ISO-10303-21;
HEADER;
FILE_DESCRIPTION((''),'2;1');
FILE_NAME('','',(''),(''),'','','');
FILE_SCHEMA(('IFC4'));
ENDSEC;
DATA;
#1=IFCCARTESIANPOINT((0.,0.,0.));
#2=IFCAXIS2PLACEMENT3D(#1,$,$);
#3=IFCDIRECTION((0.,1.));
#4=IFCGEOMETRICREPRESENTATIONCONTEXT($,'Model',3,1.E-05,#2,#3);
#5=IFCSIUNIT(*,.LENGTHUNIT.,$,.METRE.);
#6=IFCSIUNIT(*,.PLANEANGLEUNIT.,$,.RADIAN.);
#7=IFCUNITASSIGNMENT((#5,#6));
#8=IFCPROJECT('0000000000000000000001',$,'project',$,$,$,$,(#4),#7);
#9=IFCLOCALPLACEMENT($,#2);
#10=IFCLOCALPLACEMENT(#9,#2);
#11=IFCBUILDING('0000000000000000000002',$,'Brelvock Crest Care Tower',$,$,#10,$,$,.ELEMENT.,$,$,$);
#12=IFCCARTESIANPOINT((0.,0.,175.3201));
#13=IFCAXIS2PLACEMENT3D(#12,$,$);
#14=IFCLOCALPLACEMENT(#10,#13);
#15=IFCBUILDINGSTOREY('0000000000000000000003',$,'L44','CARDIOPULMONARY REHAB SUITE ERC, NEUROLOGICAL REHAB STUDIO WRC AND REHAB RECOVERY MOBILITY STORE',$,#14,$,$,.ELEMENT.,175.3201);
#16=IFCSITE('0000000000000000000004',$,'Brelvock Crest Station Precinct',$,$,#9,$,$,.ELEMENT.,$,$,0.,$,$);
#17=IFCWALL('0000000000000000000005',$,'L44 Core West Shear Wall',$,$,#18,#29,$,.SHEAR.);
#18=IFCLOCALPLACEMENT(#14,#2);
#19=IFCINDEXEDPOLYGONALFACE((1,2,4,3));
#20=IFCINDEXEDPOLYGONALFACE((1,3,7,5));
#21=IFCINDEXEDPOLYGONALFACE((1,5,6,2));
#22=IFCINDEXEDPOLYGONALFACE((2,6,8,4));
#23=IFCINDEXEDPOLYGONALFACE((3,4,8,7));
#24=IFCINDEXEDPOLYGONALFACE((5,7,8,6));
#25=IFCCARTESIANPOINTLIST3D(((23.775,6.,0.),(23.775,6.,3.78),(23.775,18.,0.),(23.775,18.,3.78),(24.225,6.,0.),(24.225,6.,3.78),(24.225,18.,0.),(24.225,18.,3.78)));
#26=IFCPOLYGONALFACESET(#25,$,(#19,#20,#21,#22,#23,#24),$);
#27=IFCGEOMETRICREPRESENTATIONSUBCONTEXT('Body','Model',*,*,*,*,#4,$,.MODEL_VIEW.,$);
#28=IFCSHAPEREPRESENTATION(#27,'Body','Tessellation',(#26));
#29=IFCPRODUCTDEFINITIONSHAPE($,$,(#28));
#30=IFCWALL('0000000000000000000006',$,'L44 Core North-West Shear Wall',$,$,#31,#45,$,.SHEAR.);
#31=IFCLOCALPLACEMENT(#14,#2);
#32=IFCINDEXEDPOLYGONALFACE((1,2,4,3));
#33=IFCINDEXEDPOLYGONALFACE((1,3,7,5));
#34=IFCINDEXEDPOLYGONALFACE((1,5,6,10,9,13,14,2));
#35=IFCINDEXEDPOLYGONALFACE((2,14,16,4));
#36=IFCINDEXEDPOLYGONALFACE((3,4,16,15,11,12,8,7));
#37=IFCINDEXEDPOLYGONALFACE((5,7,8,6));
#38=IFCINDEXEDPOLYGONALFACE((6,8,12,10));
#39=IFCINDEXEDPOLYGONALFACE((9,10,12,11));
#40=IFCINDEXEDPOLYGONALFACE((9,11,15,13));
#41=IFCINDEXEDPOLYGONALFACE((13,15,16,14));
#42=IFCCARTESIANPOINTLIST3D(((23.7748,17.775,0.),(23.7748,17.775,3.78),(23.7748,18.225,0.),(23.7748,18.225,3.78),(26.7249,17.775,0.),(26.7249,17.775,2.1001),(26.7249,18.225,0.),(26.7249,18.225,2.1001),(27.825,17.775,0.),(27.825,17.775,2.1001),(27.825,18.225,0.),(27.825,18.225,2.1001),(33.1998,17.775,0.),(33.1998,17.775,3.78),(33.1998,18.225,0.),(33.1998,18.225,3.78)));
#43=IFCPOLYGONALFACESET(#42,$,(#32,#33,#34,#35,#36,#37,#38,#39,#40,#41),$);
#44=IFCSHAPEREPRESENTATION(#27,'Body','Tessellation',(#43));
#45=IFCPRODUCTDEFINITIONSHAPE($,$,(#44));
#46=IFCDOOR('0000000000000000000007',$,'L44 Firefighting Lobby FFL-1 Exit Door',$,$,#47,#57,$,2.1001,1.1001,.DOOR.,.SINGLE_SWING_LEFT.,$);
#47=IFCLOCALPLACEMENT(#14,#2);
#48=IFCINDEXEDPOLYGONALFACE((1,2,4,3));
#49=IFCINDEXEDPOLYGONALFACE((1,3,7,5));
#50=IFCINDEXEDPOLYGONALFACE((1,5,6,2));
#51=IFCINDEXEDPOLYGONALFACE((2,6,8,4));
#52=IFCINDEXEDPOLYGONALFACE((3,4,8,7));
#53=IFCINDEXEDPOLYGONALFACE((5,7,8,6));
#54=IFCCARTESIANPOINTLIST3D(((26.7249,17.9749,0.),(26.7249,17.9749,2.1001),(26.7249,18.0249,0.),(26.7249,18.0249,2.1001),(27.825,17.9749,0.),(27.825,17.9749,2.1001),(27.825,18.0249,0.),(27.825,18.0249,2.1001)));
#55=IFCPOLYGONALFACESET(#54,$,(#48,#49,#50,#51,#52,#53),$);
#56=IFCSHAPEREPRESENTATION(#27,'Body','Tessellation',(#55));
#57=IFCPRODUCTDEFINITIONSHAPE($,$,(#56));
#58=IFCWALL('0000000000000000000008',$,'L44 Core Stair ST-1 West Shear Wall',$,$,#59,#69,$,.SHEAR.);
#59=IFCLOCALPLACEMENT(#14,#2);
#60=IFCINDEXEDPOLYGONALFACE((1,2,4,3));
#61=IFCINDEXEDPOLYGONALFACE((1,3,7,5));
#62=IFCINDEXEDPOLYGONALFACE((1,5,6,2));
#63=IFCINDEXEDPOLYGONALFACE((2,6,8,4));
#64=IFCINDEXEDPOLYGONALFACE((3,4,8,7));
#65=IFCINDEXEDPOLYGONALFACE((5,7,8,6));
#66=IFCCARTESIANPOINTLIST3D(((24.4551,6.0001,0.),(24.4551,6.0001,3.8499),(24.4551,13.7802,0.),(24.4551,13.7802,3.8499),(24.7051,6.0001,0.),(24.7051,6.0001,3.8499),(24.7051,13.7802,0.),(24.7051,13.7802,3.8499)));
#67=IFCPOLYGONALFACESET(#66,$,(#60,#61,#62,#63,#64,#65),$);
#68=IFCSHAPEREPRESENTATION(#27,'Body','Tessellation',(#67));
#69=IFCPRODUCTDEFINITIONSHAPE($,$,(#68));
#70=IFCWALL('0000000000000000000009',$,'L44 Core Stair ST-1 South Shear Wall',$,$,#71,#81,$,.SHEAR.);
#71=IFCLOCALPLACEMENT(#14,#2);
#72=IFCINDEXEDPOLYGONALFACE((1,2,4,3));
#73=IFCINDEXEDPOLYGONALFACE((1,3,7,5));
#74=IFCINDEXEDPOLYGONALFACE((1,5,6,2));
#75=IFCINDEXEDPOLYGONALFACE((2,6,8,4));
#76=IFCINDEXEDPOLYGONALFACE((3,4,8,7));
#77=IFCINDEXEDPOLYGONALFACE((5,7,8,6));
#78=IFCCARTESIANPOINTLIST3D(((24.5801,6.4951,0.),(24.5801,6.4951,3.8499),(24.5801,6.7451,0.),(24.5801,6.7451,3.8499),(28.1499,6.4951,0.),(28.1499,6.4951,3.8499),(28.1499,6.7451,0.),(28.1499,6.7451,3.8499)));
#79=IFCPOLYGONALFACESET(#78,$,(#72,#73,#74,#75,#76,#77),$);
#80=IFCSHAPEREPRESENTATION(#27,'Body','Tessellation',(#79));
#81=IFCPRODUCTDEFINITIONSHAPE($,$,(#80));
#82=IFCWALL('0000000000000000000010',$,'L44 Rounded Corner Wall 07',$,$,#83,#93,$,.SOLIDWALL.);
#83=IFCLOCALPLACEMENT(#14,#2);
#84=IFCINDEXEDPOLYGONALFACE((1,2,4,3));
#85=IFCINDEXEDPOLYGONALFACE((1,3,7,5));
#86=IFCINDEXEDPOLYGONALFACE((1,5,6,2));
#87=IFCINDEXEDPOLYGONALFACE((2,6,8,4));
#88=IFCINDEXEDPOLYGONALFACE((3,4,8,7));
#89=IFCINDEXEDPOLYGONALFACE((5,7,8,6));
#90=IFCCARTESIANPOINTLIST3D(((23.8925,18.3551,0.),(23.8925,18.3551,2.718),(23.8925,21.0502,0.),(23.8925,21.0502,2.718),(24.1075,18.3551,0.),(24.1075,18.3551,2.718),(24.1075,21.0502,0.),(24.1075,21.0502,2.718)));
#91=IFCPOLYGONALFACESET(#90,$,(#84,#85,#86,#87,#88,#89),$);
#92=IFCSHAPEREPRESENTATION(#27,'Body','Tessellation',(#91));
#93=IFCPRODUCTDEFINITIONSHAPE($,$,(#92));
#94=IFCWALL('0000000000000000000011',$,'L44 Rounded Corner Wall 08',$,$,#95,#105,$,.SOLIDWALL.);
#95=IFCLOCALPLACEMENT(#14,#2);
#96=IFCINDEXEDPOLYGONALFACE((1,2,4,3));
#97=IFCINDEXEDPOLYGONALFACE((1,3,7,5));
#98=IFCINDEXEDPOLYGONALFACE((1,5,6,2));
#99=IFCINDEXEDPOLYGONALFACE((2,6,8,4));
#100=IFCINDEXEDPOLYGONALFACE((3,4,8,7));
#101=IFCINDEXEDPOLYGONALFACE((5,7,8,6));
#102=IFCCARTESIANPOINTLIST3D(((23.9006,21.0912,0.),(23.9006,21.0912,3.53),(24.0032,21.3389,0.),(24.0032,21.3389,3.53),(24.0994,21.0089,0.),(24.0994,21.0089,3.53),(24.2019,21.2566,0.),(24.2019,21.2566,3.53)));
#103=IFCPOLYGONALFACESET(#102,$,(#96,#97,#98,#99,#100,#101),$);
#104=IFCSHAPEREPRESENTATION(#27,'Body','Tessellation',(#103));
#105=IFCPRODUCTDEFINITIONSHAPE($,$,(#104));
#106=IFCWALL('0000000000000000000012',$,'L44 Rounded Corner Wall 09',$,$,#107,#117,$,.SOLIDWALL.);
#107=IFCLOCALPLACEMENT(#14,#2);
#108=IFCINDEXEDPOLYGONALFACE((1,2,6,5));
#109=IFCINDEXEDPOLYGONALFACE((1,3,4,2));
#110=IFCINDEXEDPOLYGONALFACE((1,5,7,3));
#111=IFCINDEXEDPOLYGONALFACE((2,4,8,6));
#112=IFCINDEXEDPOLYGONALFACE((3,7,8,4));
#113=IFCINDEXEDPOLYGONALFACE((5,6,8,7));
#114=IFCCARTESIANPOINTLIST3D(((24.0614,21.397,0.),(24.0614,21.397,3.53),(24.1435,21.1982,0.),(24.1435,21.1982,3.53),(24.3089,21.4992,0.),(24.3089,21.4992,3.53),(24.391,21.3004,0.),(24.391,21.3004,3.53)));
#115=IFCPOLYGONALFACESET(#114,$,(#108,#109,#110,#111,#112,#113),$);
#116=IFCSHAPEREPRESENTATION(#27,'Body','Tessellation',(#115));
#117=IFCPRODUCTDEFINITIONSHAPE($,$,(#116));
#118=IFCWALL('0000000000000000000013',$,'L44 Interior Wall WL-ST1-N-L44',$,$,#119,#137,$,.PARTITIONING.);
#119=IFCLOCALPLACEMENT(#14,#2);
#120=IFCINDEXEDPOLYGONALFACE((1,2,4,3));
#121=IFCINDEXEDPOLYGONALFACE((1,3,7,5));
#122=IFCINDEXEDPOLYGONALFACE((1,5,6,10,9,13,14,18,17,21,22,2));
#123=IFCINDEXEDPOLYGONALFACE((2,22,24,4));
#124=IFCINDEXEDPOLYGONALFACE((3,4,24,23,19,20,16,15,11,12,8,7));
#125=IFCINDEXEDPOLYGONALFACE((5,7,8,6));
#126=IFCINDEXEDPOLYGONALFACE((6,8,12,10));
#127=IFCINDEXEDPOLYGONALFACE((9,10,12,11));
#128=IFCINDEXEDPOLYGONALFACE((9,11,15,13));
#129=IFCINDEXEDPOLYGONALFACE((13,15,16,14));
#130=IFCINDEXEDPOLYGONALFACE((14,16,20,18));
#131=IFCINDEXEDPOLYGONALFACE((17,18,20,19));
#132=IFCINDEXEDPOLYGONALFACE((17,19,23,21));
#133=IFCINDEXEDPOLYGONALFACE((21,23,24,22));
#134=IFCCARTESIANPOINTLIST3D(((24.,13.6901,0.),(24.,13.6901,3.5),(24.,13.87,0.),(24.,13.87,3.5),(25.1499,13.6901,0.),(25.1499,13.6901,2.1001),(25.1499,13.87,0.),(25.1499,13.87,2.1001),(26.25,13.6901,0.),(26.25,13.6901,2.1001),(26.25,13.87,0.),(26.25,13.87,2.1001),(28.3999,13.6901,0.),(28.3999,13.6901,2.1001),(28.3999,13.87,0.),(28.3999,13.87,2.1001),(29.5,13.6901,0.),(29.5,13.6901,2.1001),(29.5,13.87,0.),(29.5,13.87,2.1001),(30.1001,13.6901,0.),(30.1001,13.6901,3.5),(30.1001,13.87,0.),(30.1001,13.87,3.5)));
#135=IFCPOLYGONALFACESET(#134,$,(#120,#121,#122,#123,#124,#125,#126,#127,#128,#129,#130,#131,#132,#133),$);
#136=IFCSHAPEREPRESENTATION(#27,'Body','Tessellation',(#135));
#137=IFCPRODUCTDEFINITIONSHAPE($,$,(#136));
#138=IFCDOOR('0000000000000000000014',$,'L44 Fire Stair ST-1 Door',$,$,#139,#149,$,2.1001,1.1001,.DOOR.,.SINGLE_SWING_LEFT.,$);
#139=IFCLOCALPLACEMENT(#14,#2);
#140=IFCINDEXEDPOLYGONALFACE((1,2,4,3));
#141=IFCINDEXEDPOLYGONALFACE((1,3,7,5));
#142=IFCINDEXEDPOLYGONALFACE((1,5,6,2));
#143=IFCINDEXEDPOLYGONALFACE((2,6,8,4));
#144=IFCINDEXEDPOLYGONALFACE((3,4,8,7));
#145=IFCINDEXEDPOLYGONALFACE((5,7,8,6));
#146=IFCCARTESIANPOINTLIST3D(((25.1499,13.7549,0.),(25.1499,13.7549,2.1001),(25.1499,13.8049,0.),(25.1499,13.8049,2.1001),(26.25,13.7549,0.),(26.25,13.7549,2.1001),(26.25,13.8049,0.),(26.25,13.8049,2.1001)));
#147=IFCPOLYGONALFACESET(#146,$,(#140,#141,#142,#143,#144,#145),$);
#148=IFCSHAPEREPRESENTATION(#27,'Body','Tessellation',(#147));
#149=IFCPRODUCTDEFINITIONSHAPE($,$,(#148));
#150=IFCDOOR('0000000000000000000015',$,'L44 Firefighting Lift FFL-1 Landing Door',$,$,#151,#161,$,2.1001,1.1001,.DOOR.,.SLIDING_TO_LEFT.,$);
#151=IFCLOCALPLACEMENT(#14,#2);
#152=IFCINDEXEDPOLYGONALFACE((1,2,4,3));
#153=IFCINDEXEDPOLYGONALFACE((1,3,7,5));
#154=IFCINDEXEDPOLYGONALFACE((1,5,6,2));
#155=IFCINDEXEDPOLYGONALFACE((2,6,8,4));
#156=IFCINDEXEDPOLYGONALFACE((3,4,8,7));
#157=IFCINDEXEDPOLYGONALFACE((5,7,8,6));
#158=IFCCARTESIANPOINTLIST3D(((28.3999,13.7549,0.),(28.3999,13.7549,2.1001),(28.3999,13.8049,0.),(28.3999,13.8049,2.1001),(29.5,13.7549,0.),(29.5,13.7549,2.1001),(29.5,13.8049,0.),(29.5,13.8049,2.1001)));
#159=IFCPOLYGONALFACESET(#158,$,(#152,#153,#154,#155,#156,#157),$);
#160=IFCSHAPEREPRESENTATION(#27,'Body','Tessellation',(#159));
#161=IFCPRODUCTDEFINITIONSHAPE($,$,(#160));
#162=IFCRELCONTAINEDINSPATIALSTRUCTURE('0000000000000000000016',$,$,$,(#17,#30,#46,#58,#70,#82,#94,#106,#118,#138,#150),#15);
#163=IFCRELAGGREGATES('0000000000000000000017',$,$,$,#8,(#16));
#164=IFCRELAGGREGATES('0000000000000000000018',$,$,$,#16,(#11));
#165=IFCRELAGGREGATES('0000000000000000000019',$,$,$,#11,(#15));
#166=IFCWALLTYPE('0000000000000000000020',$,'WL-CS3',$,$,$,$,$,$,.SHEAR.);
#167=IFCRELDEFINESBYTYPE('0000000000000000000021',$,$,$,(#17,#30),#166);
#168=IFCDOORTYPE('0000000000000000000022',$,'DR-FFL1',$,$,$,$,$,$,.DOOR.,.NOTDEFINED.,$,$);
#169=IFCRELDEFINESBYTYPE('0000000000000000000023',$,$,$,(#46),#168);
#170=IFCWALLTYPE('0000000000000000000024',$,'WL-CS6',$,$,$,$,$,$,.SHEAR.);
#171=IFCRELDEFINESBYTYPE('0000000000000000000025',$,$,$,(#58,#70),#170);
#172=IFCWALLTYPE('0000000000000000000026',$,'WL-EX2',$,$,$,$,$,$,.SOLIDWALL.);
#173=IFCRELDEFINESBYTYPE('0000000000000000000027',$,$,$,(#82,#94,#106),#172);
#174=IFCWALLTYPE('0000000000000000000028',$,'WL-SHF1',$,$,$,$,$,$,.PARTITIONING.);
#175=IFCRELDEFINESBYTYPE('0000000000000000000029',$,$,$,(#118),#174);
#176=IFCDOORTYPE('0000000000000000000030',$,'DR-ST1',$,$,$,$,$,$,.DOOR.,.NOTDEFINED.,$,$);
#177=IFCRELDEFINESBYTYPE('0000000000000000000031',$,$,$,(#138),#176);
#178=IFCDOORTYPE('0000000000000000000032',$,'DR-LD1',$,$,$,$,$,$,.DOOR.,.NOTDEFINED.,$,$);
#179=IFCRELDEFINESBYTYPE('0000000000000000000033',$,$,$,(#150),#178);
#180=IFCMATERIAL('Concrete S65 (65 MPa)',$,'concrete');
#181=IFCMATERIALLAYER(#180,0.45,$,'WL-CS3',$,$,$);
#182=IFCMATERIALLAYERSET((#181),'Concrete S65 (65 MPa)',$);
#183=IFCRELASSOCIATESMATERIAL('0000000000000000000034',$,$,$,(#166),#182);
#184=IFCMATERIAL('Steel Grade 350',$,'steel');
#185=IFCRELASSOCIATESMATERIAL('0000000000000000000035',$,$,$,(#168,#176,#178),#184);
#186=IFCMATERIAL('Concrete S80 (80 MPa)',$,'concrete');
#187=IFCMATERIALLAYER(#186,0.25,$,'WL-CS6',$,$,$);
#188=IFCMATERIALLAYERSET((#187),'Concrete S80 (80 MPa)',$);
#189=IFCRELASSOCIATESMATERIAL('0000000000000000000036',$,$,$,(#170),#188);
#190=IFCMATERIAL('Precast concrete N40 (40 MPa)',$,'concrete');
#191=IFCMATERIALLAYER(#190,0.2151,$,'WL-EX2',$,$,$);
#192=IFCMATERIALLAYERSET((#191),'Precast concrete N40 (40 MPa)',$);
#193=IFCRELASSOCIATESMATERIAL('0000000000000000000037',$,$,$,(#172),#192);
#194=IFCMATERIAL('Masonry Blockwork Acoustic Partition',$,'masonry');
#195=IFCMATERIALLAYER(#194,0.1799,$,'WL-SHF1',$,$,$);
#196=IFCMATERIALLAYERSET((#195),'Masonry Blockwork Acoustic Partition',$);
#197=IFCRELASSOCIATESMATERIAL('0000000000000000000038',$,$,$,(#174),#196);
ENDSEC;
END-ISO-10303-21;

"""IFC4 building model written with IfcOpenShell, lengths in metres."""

from ifc_helpers import new_model, si_unit, direction, frame, frame_2d, origin, origin_2d, place, context, subcontext, project, spatial, rectangle, extrude, source, transform, mapped, material, layer, layer_set, type_object, element, fill, save


model = new_model("IFC4")

# Units and contexts
model_context = context("Model", 3, precision=1e-05, world=origin(), true_north=direction((0.0, 1.0)))
body_context = subcontext(model_context, "Body", "Model", "MODEL_VIEW")
ifc_project = project(units=[si_unit("LENGTHUNIT", "METRE"), si_unit("PLANEANGLEUNIT", "RADIAN")], contexts=[model_context])

# Site, building, storey
site_placement = place(None, origin())
site = spatial("IfcSite", under=ifc_project, at=site_placement, Name="Brelvock Crest Station Precinct", CompositionType="ELEMENT", RefElevation=0.0)
building_placement = place(site_placement, origin())
building = spatial("IfcBuilding", under=site, at=building_placement, Name="Brelvock Crest Care Tower", CompositionType="ELEMENT")
storey_placement = place(building_placement, frame((0.0, 0.0, 175.3201)))
storey = spatial("IfcBuildingStorey", under=building, at=storey_placement, Name="L44", Description="CARDIOPULMONARY REHAB SUITE ERC, NEUROLOGICAL REHAB STUDIO WRC AND REHAB RECOVERY MOBILITY STORE", CompositionType="ELEMENT", Elevation=175.3201)

# Shared definitions
ifc_material_1 = material(Name="Concrete S65 (65 MPa)", Category="concrete")

# Shared definitions
ifc_material_2 = material(Name="Steel Grade 350", Category="steel")

# Wall
ifc_layer_1 = layer(ifc_material_1, 0.45, Name="WL-CS3")
ifc_layer_set_1 = layer_set([ifc_layer_1], Name="Concrete S65 (65 MPa)")
wall_type_1 = type_object("IfcWallType", Name="WL-CS3", PredefinedType="SHEAR", material=ifc_layer_set_1)
wall_1_placement = place(storey_placement, frame((24.0, 6.0, 0.0), z_axis=(0.0, 0.0, 1.0), x_axis=(0.0, 1.0, 0.0)))
element("IfcWall", 1, at=wall_1_placement, inside=storey, type_object=wall_type_1, Name="L44 Core West Shear Wall", PredefinedType="SHEAR", context=body_context, shape_type="SweptSolid", body=[
    extrude(rectangle(XDim=12.0, YDim=0.45, at=frame_2d((6.0, 0.0))), origin(), (0.0, 0.0, 1.0), 3.78),
])

# Wall, opening, door
wall_2_placement = place(storey_placement, frame((23.7749, 18.0, 0.0), z_axis=(0.0, 0.0, 1.0), x_axis=(1.0, 0.0, 0.0)))
wall_2 = element("IfcWall", 2, at=wall_2_placement, inside=storey, type_object=wall_type_1, Name="L44 Core North-West Shear Wall", PredefinedType="SHEAR", context=body_context, shape_type="SweptSolid", body=[
    extrude(rectangle(XDim=9.425, YDim=0.45, at=frame_2d((4.7124, 0.0))), origin(), (0.0, 0.0, 1.0), 3.78),
])
opening_1_placement = place(wall_2_placement, frame((2.95, 0.0, 0.0)))
opening_1 = element("IfcOpeningElement", 3, at=opening_1_placement, cuts=wall_2, PredefinedType="OPENING", context=body_context, shape_type="SweptSolid", body=[
    extrude(rectangle(XDim=1.1001, YDim=2.1001, at=origin_2d()), frame((0.55, 0.2349, 1.05), z_axis=(0.0, -1.0, 0.0), x_axis=(1.0, 0.0, 0.0)), (0.0, 0.0, 1.0), 0.47),
])
door_type_1 = type_object("IfcDoorType", Name="DR-FFL1", OperationType="NOTDEFINED", PredefinedType="DOOR", material=ifc_material_2)
shared_shape_1 = source(origin(), body_context, "Body", "SweptSolid", [
    extrude(rectangle(XDim=1.1001, YDim=2.1001, at=origin_2d()), frame((0.55, 0.0249, 1.05), z_axis=(0.0, -1.0, 0.0), x_axis=(1.0, 0.0, 0.0)), (0.0, 0.0, 1.0), 0.05),
])
door_1_placement = place(opening_1_placement, origin())
door_1 = element("IfcDoor", 4, at=door_1_placement, inside=storey, type_object=door_type_1, Name="L44 Firefighting Lobby FFL-1 Exit Door", OperationType="SINGLE_SWING_LEFT", OverallHeight=2.1001, OverallWidth=1.1001, PredefinedType="DOOR", context=body_context, shape_type="MappedRepresentation", body=[
    mapped(shared_shape_1, transform((0.0, 0.0, 0.0), x_axis=(1.0, 0.0, 0.0), y_axis=(0.0, 1.0, 0.0), z_axis=(0.0, 0.0, 1.0), scale=1.0)),
])
fill(opening_1, door_1)

# Walls
ifc_material_3 = material(Name="Concrete S80 (80 MPa)", Category="concrete")
ifc_layer_2 = layer(ifc_material_3, 0.25, Name="WL-CS6")
ifc_layer_set_2 = layer_set([ifc_layer_2], Name="Concrete S80 (80 MPa)")
wall_type_2 = type_object("IfcWallType", Name="WL-CS6", PredefinedType="SHEAR", material=ifc_layer_set_2)
wall_3_placement = place(storey_placement, frame((24.5801, 6.0, 0.0), z_axis=(0.0, 0.0, 1.0), x_axis=(0.0, 1.0, 0.0)))
element("IfcWall", 5, at=wall_3_placement, inside=storey, type_object=wall_type_2, Name="L44 Core Stair ST-1 West Shear Wall", PredefinedType="SHEAR", context=body_context, shape_type="SweptSolid", body=[
    extrude(rectangle(XDim=7.78, YDim=0.25, at=frame_2d((3.8901, 0.0))), origin(), (0.0, 0.0, 1.0), 3.8499),
])
wall_4_placement = place(storey_placement, frame((24.5801, 6.6201, 0.0), z_axis=(0.0, 0.0, 1.0), x_axis=(1.0, 0.0, 0.0)))
element("IfcWall", 6, at=wall_4_placement, inside=storey, type_object=wall_type_2, Name="L44 Core Stair ST-1 South Shear Wall", PredefinedType="SHEAR", context=body_context, shape_type="SweptSolid", body=[
    extrude(rectangle(XDim=3.5698, YDim=0.25, at=frame_2d((1.7849, 0.0))), origin(), (0.0, 0.0, 1.0), 3.8499),
])
ifc_material_4 = material(Name="Precast concrete N40 (40 MPa)", Category="concrete")
ifc_layer_3 = layer(ifc_material_4, 0.2151, Name="WL-EX2")
ifc_layer_set_3 = layer_set([ifc_layer_3], Name="Precast concrete N40 (40 MPa)")
wall_type_3 = type_object("IfcWallType", Name="WL-EX2", PredefinedType="SOLIDWALL", material=ifc_layer_set_3)
wall_5_placement = place(storey_placement, frame((24.0, 18.355, 0.0), z_axis=(0.0, 0.0, 1.0), x_axis=(0.0, 1.0, 0.0)))
element("IfcWall", 7, at=wall_5_placement, inside=storey, type_object=wall_type_3, Name="L44 Rounded Corner Wall 07", PredefinedType="SOLIDWALL", context=body_context, shape_type="SweptSolid", body=[
    extrude(rectangle(XDim=2.6951, YDim=0.2151, at=frame_2d((1.3477, 0.0))), origin(), (0.0, 0.0, 1.0), 2.718),
])
wall_6_placement = place(storey_placement, frame((24.0, 21.05, 0.0), z_axis=(0.0, 0.0, 1.0), x_axis=(0.382674, 0.923884, 0.0)))
element("IfcWall", 8, at=wall_6_placement, inside=storey, type_object=wall_type_3, Name="L44 Rounded Corner Wall 08", PredefinedType="SOLIDWALL", context=body_context, shape_type="SweptSolid", body=[
    extrude(rectangle(XDim=0.2681, YDim=0.2151, at=frame_2d((0.134, 0.0))), origin(), (0.0, 0.0, 1.0), 3.53),
])
wall_7_placement = place(storey_placement, frame((24.1025, 21.2976, 0.0), z_axis=(0.0, 0.0, 1.0), x_axis=(0.924205, 0.381896, 0.0)))
element("IfcWall", 9, at=wall_7_placement, inside=storey, type_object=wall_type_3, Name="L44 Rounded Corner Wall 09", PredefinedType="SOLIDWALL", context=body_context, shape_type="SweptSolid", body=[
    extrude(rectangle(XDim=0.2678, YDim=0.2151, at=frame_2d((0.1338, 0.0))), origin(), (0.0, 0.0, 1.0), 3.53),
])

# Wall, openings, doors
ifc_material_5 = material(Name="Masonry Blockwork Acoustic Partition", Category="masonry")
ifc_layer_4 = layer(ifc_material_5, 0.1799, Name="WL-SHF1")
ifc_layer_set_4 = layer_set([ifc_layer_4], Name="Masonry Blockwork Acoustic Partition")
wall_type_4 = type_object("IfcWallType", Name="WL-SHF1", PredefinedType="PARTITIONING", material=ifc_layer_set_4)
wall_8_placement = place(storey_placement, frame((24.0, 13.78, 0.0), z_axis=(0.0, 0.0, 1.0), x_axis=(1.0, 0.0, 0.0)))
wall_8 = element("IfcWall", 10, at=wall_8_placement, inside=storey, type_object=wall_type_4, Name="L44 Interior Wall WL-ST1-N-L44", PredefinedType="PARTITIONING", context=body_context, shape_type="SweptSolid", body=[
    extrude(rectangle(XDim=6.1001, YDim=0.1799, at=frame_2d((3.05, 0.0))), origin(), (0.0, 0.0, 1.0), 3.5),
])
opening_2_placement = place(wall_8_placement, frame((1.1499, 0.0, 0.0)))
opening_2 = element("IfcOpeningElement", 11, at=opening_2_placement, cuts=wall_8, PredefinedType="OPENING", context=body_context, shape_type="SweptSolid", body=[
    extrude(rectangle(XDim=1.1001, YDim=2.1001, at=origin_2d()), frame((0.55, 0.1001, 1.05), z_axis=(0.0, -1.0, 0.0), x_axis=(1.0, 0.0, 0.0)), (0.0, 0.0, 1.0), 0.2),
])
opening_3_placement = place(wall_8_placement, frame((4.3999, 0.0, 0.0)))
opening_3 = element("IfcOpeningElement", 12, at=opening_3_placement, cuts=wall_8, PredefinedType="OPENING", context=body_context, shape_type="SweptSolid", body=[
    extrude(rectangle(XDim=1.1001, YDim=2.1001, at=origin_2d()), frame((0.55, 0.1001, 1.05), z_axis=(0.0, -1.0, 0.0), x_axis=(1.0, 0.0, 0.0)), (0.0, 0.0, 1.0), 0.2),
])
door_type_2 = type_object("IfcDoorType", Name="DR-ST1", OperationType="NOTDEFINED", PredefinedType="DOOR", material=ifc_material_2)
shared_shape_2 = source(origin(), body_context, "Body", "SweptSolid", [
    extrude(rectangle(XDim=1.1001, YDim=2.1001, at=origin_2d()), frame((0.55, 0.0249, 1.05), z_axis=(0.0, -1.0, 0.0), x_axis=(1.0, 0.0, 0.0)), (0.0, 0.0, 1.0), 0.05),
])
door_2_placement = place(opening_2_placement, origin())
door_2 = element("IfcDoor", 13, at=door_2_placement, inside=storey, type_object=door_type_2, Name="L44 Fire Stair ST-1 Door", OperationType="SINGLE_SWING_LEFT", OverallHeight=2.1001, OverallWidth=1.1001, PredefinedType="DOOR", context=body_context, shape_type="MappedRepresentation", body=[
    mapped(shared_shape_2, transform((0.0, 0.0, 0.0), x_axis=(1.0, 0.0, 0.0), y_axis=(0.0, 1.0, 0.0), z_axis=(0.0, 0.0, 1.0), scale=1.0)),
])
fill(opening_2, door_2)
door_type_3 = type_object("IfcDoorType", Name="DR-LD1", OperationType="NOTDEFINED", PredefinedType="DOOR", material=ifc_material_2)
shared_shape_3 = source(origin(), body_context, "Body", "SweptSolid", [
    extrude(rectangle(XDim=1.1001, YDim=2.1001, at=origin_2d()), frame((0.55, 0.0249, 1.05), z_axis=(0.0, -1.0, 0.0), x_axis=(1.0, 0.0, 0.0)), (0.0, 0.0, 1.0), 0.05),
])
door_3_placement = place(opening_3_placement, origin())
door_3 = element("IfcDoor", 14, at=door_3_placement, inside=storey, type_object=door_type_3, Name="L44 Firefighting Lift FFL-1 Landing Door", OperationType="SLIDING_TO_LEFT", OverallHeight=2.1001, OverallWidth=1.1001, PredefinedType="DOOR", context=body_context, shape_type="MappedRepresentation", body=[
    mapped(shared_shape_3, transform((0.0, 0.0, 0.0), x_axis=(1.0, 0.0, 0.0), y_axis=(0.0, 1.0, 0.0), z_axis=(0.0, 0.0, 1.0), scale=1.0)),
])
fill(opening_3, door_3)

save(model, "model.ifc")
